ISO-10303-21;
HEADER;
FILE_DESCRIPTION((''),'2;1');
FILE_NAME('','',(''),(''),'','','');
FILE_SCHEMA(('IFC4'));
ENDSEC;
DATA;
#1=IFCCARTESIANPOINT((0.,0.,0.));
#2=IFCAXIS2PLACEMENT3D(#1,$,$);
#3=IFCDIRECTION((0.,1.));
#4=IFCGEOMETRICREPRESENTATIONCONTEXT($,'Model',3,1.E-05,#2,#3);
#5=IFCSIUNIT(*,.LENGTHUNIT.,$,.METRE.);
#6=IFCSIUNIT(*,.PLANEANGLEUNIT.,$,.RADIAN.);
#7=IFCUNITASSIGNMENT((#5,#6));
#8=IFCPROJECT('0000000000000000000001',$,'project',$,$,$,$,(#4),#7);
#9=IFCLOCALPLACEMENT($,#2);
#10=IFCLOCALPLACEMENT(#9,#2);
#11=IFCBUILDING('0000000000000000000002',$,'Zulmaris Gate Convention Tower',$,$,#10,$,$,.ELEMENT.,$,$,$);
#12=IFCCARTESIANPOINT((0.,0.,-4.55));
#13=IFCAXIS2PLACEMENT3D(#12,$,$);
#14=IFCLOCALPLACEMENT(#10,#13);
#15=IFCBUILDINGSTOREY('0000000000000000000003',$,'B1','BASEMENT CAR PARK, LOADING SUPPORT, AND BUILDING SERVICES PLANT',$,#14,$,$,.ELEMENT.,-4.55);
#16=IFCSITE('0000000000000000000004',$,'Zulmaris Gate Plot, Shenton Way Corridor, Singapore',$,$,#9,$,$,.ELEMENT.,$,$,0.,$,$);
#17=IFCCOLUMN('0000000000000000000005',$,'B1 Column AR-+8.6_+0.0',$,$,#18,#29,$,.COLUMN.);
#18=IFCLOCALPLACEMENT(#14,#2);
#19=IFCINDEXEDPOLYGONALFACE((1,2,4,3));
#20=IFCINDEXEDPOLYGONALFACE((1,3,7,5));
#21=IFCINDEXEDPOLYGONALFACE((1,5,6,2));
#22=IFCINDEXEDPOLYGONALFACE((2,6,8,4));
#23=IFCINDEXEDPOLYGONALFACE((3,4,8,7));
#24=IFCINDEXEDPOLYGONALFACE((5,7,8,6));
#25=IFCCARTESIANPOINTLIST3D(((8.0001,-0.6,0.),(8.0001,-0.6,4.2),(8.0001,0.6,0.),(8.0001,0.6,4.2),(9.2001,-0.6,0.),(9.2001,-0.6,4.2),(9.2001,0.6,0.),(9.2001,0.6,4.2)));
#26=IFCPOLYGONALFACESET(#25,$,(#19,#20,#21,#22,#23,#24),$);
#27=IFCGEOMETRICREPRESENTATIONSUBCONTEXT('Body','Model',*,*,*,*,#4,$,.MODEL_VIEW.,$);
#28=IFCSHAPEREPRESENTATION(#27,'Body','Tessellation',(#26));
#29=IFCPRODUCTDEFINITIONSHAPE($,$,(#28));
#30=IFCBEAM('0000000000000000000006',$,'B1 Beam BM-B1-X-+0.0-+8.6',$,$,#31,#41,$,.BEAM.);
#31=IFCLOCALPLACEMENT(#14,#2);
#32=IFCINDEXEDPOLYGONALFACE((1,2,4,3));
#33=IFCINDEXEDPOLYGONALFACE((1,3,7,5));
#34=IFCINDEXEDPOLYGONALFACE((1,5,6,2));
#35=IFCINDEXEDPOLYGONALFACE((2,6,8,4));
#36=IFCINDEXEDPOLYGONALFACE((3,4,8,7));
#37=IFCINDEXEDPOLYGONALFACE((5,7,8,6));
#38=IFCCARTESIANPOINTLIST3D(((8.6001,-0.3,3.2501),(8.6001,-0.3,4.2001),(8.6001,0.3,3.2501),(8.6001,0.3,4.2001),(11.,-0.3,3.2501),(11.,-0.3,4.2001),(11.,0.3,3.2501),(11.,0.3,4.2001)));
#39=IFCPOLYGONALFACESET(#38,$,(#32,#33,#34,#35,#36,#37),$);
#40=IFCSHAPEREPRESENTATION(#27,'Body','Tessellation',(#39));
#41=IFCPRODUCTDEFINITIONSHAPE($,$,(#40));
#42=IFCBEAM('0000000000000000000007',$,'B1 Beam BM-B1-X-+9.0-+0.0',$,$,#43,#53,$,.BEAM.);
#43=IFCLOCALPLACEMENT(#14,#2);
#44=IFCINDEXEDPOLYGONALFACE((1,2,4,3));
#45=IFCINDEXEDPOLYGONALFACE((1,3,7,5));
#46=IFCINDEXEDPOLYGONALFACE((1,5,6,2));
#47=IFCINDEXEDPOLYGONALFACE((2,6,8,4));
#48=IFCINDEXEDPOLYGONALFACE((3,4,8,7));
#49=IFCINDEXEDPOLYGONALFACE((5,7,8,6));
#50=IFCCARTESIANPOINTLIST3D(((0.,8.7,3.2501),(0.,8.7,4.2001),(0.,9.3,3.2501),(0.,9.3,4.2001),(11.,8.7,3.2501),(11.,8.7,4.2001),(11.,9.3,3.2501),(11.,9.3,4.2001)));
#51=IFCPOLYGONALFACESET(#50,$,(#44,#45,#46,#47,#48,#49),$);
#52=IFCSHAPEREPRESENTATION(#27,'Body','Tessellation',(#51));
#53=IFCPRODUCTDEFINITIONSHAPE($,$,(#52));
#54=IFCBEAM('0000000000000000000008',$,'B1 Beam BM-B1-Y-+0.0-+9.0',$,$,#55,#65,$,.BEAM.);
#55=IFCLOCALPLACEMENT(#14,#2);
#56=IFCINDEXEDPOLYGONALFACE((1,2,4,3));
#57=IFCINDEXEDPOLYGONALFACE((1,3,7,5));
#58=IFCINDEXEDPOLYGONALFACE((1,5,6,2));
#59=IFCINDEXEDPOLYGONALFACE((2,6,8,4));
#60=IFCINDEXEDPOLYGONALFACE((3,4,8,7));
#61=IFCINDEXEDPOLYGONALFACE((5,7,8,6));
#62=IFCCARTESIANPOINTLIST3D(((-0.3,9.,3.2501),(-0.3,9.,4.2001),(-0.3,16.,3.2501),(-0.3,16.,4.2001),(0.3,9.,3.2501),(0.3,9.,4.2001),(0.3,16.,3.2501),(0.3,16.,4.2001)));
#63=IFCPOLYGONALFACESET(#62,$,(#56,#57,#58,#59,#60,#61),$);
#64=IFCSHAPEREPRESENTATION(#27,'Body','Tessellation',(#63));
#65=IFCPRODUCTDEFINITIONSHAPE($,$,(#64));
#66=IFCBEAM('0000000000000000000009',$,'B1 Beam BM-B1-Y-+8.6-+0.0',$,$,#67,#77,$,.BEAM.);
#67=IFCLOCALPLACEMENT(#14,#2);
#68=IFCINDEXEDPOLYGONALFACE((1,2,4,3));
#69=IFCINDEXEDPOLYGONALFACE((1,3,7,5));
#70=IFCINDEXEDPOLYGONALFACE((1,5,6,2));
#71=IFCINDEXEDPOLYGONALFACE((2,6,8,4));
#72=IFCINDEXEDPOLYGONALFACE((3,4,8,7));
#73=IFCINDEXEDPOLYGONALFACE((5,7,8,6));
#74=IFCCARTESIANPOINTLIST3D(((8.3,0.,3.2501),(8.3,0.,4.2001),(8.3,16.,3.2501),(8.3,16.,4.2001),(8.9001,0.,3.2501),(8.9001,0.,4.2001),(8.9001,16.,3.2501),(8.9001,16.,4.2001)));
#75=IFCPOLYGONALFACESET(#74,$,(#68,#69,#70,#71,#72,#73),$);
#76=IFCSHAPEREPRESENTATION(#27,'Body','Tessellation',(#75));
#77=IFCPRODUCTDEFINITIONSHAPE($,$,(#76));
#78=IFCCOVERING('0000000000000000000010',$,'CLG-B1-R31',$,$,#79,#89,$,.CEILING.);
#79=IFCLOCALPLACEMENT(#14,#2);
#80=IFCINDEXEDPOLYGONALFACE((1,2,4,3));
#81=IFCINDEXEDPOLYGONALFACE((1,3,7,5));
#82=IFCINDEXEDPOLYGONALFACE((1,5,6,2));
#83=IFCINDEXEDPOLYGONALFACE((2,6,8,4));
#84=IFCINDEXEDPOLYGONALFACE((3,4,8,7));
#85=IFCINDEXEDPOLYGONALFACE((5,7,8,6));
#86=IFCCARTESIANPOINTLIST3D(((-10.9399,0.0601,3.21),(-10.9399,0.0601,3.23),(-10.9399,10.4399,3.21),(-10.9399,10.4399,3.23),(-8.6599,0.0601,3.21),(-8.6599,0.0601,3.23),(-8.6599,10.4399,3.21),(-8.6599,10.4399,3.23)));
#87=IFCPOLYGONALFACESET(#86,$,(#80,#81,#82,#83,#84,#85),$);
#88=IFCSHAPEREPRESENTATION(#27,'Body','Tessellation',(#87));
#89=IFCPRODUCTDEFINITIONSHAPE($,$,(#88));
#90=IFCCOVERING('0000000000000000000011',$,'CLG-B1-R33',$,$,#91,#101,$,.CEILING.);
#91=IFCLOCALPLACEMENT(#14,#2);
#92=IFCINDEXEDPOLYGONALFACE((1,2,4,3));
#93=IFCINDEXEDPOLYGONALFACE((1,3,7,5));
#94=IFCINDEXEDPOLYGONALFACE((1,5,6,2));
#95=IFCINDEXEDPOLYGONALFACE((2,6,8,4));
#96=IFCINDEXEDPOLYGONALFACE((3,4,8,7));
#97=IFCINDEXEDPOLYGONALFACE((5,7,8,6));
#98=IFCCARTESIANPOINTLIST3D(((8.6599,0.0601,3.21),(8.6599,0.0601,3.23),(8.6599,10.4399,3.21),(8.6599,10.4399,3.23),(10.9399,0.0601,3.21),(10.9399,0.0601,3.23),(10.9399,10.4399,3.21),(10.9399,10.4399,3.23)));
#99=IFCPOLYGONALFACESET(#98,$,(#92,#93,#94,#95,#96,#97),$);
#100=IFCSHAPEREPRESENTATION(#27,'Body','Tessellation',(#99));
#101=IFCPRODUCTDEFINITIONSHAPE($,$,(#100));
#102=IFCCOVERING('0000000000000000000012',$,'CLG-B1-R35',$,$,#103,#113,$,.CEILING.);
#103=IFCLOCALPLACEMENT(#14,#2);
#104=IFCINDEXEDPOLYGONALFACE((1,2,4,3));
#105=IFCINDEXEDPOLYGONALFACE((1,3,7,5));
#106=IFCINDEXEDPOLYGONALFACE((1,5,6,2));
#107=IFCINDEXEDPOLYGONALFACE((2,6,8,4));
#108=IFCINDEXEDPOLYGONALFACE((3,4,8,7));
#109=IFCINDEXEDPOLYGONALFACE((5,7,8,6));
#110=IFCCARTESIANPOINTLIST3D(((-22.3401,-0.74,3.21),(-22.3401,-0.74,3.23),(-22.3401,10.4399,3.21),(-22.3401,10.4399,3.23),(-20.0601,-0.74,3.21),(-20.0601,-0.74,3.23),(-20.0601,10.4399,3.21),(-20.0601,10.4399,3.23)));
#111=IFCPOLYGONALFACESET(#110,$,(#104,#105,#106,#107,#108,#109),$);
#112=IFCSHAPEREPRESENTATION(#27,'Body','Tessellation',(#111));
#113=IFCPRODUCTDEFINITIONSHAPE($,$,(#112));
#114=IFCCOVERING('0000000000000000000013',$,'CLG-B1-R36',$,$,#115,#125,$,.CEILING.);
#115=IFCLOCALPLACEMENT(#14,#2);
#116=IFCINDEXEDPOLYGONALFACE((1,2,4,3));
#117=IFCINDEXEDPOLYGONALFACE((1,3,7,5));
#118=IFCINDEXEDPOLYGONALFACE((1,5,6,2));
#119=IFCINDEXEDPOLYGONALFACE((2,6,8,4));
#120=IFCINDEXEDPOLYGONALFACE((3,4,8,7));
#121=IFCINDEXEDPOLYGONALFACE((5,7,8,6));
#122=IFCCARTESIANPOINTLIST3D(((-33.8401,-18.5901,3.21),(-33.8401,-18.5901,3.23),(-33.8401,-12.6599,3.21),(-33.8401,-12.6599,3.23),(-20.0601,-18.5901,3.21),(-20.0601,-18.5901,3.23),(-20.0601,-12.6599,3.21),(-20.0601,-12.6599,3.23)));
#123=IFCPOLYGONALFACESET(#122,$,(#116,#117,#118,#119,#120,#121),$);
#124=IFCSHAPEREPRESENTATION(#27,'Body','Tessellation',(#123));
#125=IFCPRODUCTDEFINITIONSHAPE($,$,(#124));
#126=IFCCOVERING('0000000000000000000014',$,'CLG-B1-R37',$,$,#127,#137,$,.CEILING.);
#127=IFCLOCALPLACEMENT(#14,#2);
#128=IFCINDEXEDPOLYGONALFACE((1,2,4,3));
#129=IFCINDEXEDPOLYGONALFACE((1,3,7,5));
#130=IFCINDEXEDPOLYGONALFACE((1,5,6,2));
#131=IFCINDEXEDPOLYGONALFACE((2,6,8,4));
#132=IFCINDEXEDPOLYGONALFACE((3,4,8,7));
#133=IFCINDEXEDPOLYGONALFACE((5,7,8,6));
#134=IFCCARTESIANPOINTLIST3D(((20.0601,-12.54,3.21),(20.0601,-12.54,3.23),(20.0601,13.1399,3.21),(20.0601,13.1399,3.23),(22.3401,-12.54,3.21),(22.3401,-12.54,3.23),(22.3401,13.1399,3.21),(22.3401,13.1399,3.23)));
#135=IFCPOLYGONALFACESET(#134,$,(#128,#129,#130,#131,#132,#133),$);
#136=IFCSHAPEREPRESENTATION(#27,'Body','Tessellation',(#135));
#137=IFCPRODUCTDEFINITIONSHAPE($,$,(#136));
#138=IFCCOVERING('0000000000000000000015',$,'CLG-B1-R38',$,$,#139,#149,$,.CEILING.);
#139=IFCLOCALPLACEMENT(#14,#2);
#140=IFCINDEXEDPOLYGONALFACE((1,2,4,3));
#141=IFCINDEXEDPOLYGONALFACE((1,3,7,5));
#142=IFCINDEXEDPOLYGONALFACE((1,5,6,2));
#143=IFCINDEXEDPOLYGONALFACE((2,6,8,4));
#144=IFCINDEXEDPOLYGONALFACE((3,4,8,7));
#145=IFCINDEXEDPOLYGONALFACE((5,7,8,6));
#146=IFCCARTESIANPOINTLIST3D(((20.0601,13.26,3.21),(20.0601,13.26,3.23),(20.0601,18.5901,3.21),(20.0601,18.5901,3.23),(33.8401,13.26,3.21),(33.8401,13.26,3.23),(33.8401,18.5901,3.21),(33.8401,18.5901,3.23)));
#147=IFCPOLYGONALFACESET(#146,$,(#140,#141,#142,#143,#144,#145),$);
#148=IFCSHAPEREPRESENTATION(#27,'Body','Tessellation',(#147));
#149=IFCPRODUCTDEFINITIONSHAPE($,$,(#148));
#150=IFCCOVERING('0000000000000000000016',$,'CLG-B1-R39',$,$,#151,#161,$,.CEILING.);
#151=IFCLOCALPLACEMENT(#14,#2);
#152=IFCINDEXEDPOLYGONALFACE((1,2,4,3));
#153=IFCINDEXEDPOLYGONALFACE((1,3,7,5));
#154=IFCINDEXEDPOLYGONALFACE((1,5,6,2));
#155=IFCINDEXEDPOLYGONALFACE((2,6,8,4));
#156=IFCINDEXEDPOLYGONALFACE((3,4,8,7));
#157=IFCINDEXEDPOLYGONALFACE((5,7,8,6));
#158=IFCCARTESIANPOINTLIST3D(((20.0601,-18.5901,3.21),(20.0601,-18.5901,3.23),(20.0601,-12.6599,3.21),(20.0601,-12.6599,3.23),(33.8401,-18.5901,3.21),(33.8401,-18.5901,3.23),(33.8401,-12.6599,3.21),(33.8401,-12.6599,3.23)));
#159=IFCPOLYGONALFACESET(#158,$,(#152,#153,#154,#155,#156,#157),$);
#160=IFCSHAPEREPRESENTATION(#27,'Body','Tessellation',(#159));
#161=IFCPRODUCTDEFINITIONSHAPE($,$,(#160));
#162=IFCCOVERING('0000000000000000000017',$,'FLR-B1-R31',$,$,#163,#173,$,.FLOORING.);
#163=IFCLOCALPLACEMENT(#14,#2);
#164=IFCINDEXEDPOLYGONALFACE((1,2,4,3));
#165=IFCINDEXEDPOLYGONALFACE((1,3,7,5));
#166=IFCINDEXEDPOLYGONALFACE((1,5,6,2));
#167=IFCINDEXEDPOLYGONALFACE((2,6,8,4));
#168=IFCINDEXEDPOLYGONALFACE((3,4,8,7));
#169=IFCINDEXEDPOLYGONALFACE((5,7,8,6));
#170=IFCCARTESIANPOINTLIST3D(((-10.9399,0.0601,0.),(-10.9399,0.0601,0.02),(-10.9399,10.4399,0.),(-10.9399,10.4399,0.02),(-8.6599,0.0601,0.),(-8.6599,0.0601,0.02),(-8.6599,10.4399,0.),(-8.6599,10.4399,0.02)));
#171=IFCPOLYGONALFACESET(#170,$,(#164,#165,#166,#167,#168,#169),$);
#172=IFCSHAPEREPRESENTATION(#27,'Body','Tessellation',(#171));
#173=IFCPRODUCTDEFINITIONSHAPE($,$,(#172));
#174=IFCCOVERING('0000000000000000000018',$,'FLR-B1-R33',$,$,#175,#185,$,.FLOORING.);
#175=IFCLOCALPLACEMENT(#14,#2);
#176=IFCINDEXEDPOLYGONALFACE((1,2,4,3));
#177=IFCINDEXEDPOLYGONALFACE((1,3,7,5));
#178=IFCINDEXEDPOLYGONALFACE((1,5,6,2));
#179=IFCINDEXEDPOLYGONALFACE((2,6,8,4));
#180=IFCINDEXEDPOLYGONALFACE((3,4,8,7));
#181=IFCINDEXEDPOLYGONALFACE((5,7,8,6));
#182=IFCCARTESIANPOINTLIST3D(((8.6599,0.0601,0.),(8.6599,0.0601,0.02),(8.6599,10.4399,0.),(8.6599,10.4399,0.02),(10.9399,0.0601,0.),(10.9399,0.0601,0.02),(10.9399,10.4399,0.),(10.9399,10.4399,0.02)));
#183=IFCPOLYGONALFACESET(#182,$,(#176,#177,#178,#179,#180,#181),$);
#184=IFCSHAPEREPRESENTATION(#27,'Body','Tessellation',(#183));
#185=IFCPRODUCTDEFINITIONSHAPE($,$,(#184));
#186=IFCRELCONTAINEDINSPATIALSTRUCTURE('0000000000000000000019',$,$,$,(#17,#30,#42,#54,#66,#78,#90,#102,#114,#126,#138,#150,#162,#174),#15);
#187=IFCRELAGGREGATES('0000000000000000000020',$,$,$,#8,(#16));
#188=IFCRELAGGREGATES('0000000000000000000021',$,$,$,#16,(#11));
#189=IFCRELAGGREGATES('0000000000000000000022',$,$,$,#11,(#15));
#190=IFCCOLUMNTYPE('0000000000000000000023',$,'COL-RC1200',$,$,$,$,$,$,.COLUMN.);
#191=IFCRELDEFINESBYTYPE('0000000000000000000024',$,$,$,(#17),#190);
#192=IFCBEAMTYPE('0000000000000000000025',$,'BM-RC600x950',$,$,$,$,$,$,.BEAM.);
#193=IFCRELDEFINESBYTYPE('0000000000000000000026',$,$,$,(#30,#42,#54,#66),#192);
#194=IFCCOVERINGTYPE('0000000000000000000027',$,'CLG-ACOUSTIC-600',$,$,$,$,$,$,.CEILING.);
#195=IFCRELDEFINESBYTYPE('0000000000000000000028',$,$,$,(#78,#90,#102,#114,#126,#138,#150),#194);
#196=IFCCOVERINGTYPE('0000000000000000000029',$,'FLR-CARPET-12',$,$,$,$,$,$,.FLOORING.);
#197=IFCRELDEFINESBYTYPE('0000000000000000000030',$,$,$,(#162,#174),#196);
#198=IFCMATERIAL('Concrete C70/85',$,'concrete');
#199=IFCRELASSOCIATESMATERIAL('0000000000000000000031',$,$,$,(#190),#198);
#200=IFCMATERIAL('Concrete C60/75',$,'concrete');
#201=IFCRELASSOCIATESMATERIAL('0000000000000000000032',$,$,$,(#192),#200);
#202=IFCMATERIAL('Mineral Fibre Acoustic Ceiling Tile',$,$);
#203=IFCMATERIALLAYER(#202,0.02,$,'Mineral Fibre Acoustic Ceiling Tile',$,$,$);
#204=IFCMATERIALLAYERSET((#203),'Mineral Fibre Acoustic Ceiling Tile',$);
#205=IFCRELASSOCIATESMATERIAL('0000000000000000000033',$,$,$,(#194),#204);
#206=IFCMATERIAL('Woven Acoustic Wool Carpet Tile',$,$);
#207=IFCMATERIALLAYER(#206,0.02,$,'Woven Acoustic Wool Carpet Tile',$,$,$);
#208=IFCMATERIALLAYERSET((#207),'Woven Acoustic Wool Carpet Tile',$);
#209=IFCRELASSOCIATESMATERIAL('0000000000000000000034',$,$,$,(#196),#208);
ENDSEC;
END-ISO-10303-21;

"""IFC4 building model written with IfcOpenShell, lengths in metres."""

from ifc_helpers import new_model, si_unit, direction, frame, origin, origin_2d, place, context, subcontext, project, spatial, polyline, rectangle, outline, extrude, material, layer, layer_set, material_profile, profile_set, type_object, element, save


model = new_model("IFC4")

# Units and contexts
model_context = context("Model", 3, precision=1e-05, world=origin(), true_north=direction((0.0, 1.0)))
body_context = subcontext(model_context, "Body", "Model", "MODEL_VIEW")
ifc_project = project(units=[si_unit("LENGTHUNIT", "METRE"), si_unit("PLANEANGLEUNIT", "RADIAN")], contexts=[model_context])

# Site, building, storey
site_placement = place(None, origin())
site = spatial("IfcSite", under=ifc_project, at=site_placement, Name="Zulmaris Gate Plot, Shenton Way Corridor, Singapore", CompositionType="ELEMENT", RefElevation=0.0)
building_placement = place(site_placement, origin())
building = spatial("IfcBuilding", under=site, at=building_placement, Name="Zulmaris Gate Convention Tower", CompositionType="ELEMENT")
storey_placement = place(building_placement, frame((0.0, 0.0, -4.55)))
storey = spatial("IfcBuildingStorey", under=building, at=storey_placement, Name="B1", Description="BASEMENT CAR PARK, LOADING SUPPORT, AND BUILDING SERVICES PLANT", CompositionType="ELEMENT", Elevation=-4.55)

# Column
ifc_material_1 = material(Name="Concrete C70/85", Category="concrete")
ifc_material_profile_1 = material_profile(ifc_material_1, rectangle(XDim=1.2, YDim=1.2, at=origin_2d()), Name="RC COL 1200x1200")
ifc_profile_set_1 = profile_set([ifc_material_profile_1], Name="Concrete C70/85")
column_type = type_object("IfcColumnType", Name="COL-RC1200", PredefinedType="COLUMN", material=ifc_profile_set_1)
column_placement = place(storey_placement, frame((8.6001, 0.0, 0.0), z_axis=(0.0, 0.0, 1.0), x_axis=(1.0, 0.0, 0.0)))
element("IfcColumn", 1, at=column_placement, inside=storey, type_object=column_type, Name="B1 Column AR-+8.6_+0.0", PredefinedType="COLUMN", context=body_context, shape_type="SweptSolid", body=[
    extrude(rectangle(XDim=1.2, YDim=1.2, at=origin_2d()), origin(), (0.0, 0.0, 1.0), 4.2),
])

# Beams
ifc_material_2 = material(Name="Concrete C60/75", Category="concrete")
ifc_material_profile_2 = material_profile(ifc_material_2, rectangle(XDim=0.6001, YDim=0.95, at=origin_2d()), Name="RC BEAM 600x950")
ifc_profile_set_2 = profile_set([ifc_material_profile_2], Name="Concrete C60/75")
beam_type = type_object("IfcBeamType", Name="BM-RC600x950", PredefinedType="BEAM", material=ifc_profile_set_2)
beam_1_placement = place(storey_placement, frame((8.6001, 0.0, 3.7251), z_axis=(1.0, 0.0, 0.0), x_axis=(0.0, 1.0, 0.0)))
element("IfcBeam", 2, at=beam_1_placement, inside=storey, type_object=beam_type, Name="B1 Beam BM-B1-X-+0.0-+8.6", PredefinedType="BEAM", context=body_context, shape_type="SweptSolid", body=[
    extrude(rectangle(XDim=0.6001, YDim=0.95, at=origin_2d()), origin(), (0.0, 0.0, 1.0), 2.3999),
])
beam_2_placement = place(storey_placement, frame((0.0, 9.0, 3.7251), z_axis=(1.0, 0.0, 0.0), x_axis=(0.0, 1.0, 0.0)))
element("IfcBeam", 3, at=beam_2_placement, inside=storey, type_object=beam_type, Name="B1 Beam BM-B1-X-+9.0-+0.0", PredefinedType="BEAM", context=body_context, shape_type="SweptSolid", body=[
    extrude(rectangle(XDim=0.6001, YDim=0.95, at=origin_2d()), origin(), (0.0, 0.0, 1.0), 11.0),
])
beam_3_placement = place(storey_placement, frame((0.0, 9.0, 3.7251), z_axis=(0.0, 1.0, 0.0), x_axis=(-1.0, 0.0, 0.0)))
element("IfcBeam", 4, at=beam_3_placement, inside=storey, type_object=beam_type, Name="B1 Beam BM-B1-Y-+0.0-+9.0", PredefinedType="BEAM", context=body_context, shape_type="SweptSolid", body=[
    extrude(rectangle(XDim=0.6001, YDim=0.95, at=origin_2d()), origin(), (0.0, 0.0, 1.0), 7.0),
])
beam_4_placement = place(storey_placement, frame((8.6001, 0.0, 3.7251), z_axis=(0.0, 1.0, 0.0), x_axis=(-1.0, 0.0, 0.0)))
element("IfcBeam", 5, at=beam_4_placement, inside=storey, type_object=beam_type, Name="B1 Beam BM-B1-Y-+8.6-+0.0", PredefinedType="BEAM", context=body_context, shape_type="SweptSolid", body=[
    extrude(rectangle(XDim=0.6001, YDim=0.95, at=origin_2d()), origin(), (0.0, 0.0, 1.0), 16.0),
])

# Coverings
ifc_material_3 = material(Name="Mineral Fibre Acoustic Ceiling Tile")
ifc_layer_1 = layer(ifc_material_3, 0.02, Name="Mineral Fibre Acoustic Ceiling Tile")
ifc_layer_set_1 = layer_set([ifc_layer_1], Name="Mineral Fibre Acoustic Ceiling Tile")
covering_type_1 = type_object("IfcCoveringType", Name="CLG-ACOUSTIC-600", PredefinedType="CEILING", material=ifc_layer_set_1)
covering_1_placement = place(storey_placement, frame((0.0, 0.0, 3.21)))
element("IfcCovering", 6, at=covering_1_placement, inside=storey, type_object=covering_type_1, Name="CLG-B1-R31", PredefinedType="CEILING", context=body_context, shape_type="SweptSolid", body=[
    extrude(outline(polyline([(-10.9399, 0.0601), (-8.6599, 0.0601), (-8.6599, 10.4399), (-10.9399, 10.4399), (-10.9399, 0.0601)])), origin(), (0.0, 0.0, 1.0), 0.02),
])
covering_2_placement = place(storey_placement, frame((0.0, 0.0, 3.21)))
element("IfcCovering", 7, at=covering_2_placement, inside=storey, type_object=covering_type_1, Name="CLG-B1-R33", PredefinedType="CEILING", context=body_context, shape_type="SweptSolid", body=[
    extrude(outline(polyline([(8.6599, 0.0601), (10.9399, 0.0601), (10.9399, 10.4399), (8.6599, 10.4399), (8.6599, 0.0601)])), origin(), (0.0, 0.0, 1.0), 0.02),
])
covering_3_placement = place(storey_placement, frame((0.0, 0.0, 3.21)))
element("IfcCovering", 8, at=covering_3_placement, inside=storey, type_object=covering_type_1, Name="CLG-B1-R35", PredefinedType="CEILING", context=body_context, shape_type="SweptSolid", body=[
    extrude(outline(polyline([(-22.3401, -0.74), (-20.0601, -0.74), (-20.0601, 10.4399), (-22.3401, 10.4399), (-22.3401, -0.74)])), origin(), (0.0, 0.0, 1.0), 0.02),
])
covering_4_placement = place(storey_placement, frame((0.0, 0.0, 3.21)))
element("IfcCovering", 9, at=covering_4_placement, inside=storey, type_object=covering_type_1, Name="CLG-B1-R36", PredefinedType="CEILING", context=body_context, shape_type="SweptSolid", body=[
    extrude(outline(polyline([(-33.8401, -18.5901), (-20.0601, -18.5901), (-20.0601, -12.6599), (-33.8401, -12.6599), (-33.8401, -18.5901)])), origin(), (0.0, 0.0, 1.0), 0.02),
])
covering_5_placement = place(storey_placement, frame((0.0, 0.0, 3.21)))
element("IfcCovering", 10, at=covering_5_placement, inside=storey, type_object=covering_type_1, Name="CLG-B1-R37", PredefinedType="CEILING", context=body_context, shape_type="SweptSolid", body=[
    extrude(outline(polyline([(20.0601, -12.54), (22.3401, -12.54), (22.3401, 13.1399), (20.0601, 13.1399), (20.0601, -12.54)])), origin(), (0.0, 0.0, 1.0), 0.02),
])
covering_6_placement = place(storey_placement, frame((0.0, 0.0, 3.21)))
element("IfcCovering", 11, at=covering_6_placement, inside=storey, type_object=covering_type_1, Name="CLG-B1-R38", PredefinedType="CEILING", context=body_context, shape_type="SweptSolid", body=[
    extrude(outline(polyline([(20.0601, 13.26), (33.8401, 13.26), (33.8401, 18.5901), (20.0601, 18.5901), (20.0601, 13.26)])), origin(), (0.0, 0.0, 1.0), 0.02),
])
covering_7_placement = place(storey_placement, frame((0.0, 0.0, 3.21)))
element("IfcCovering", 12, at=covering_7_placement, inside=storey, type_object=covering_type_1, Name="CLG-B1-R39", PredefinedType="CEILING", context=body_context, shape_type="SweptSolid", body=[
    extrude(outline(polyline([(20.0601, -18.5901), (33.8401, -18.5901), (33.8401, -12.6599), (20.0601, -12.6599), (20.0601, -18.5901)])), origin(), (0.0, 0.0, 1.0), 0.02),
])
ifc_material_4 = material(Name="Woven Acoustic Wool Carpet Tile")
ifc_layer_2 = layer(ifc_material_4, 0.02, Name="Woven Acoustic Wool Carpet Tile")
ifc_layer_set_2 = layer_set([ifc_layer_2], Name="Woven Acoustic Wool Carpet Tile")
covering_type_2 = type_object("IfcCoveringType", Name="FLR-CARPET-12", PredefinedType="FLOORING", material=ifc_layer_set_2)
covering_8_placement = place(storey_placement, origin())
element("IfcCovering", 13, at=covering_8_placement, inside=storey, type_object=covering_type_2, Name="FLR-B1-R31", PredefinedType="FLOORING", context=body_context, shape_type="SweptSolid", body=[
    extrude(outline(polyline([(-10.9399, 0.0601), (-8.6599, 0.0601), (-8.6599, 10.4399), (-10.9399, 10.4399), (-10.9399, 0.0601)])), origin(), (0.0, 0.0, 1.0), 0.02),
])
covering_9_placement = place(storey_placement, origin())
element("IfcCovering", 14, at=covering_9_placement, inside=storey, type_object=covering_type_2, Name="FLR-B1-R33", PredefinedType="FLOORING", context=body_context, shape_type="SweptSolid", body=[
    extrude(outline(polyline([(8.6599, 0.0601), (10.9399, 0.0601), (10.9399, 10.4399), (8.6599, 10.4399), (8.6599, 0.0601)])), origin(), (0.0, 0.0, 1.0), 0.02),
])

save(model, "model.ifc")
